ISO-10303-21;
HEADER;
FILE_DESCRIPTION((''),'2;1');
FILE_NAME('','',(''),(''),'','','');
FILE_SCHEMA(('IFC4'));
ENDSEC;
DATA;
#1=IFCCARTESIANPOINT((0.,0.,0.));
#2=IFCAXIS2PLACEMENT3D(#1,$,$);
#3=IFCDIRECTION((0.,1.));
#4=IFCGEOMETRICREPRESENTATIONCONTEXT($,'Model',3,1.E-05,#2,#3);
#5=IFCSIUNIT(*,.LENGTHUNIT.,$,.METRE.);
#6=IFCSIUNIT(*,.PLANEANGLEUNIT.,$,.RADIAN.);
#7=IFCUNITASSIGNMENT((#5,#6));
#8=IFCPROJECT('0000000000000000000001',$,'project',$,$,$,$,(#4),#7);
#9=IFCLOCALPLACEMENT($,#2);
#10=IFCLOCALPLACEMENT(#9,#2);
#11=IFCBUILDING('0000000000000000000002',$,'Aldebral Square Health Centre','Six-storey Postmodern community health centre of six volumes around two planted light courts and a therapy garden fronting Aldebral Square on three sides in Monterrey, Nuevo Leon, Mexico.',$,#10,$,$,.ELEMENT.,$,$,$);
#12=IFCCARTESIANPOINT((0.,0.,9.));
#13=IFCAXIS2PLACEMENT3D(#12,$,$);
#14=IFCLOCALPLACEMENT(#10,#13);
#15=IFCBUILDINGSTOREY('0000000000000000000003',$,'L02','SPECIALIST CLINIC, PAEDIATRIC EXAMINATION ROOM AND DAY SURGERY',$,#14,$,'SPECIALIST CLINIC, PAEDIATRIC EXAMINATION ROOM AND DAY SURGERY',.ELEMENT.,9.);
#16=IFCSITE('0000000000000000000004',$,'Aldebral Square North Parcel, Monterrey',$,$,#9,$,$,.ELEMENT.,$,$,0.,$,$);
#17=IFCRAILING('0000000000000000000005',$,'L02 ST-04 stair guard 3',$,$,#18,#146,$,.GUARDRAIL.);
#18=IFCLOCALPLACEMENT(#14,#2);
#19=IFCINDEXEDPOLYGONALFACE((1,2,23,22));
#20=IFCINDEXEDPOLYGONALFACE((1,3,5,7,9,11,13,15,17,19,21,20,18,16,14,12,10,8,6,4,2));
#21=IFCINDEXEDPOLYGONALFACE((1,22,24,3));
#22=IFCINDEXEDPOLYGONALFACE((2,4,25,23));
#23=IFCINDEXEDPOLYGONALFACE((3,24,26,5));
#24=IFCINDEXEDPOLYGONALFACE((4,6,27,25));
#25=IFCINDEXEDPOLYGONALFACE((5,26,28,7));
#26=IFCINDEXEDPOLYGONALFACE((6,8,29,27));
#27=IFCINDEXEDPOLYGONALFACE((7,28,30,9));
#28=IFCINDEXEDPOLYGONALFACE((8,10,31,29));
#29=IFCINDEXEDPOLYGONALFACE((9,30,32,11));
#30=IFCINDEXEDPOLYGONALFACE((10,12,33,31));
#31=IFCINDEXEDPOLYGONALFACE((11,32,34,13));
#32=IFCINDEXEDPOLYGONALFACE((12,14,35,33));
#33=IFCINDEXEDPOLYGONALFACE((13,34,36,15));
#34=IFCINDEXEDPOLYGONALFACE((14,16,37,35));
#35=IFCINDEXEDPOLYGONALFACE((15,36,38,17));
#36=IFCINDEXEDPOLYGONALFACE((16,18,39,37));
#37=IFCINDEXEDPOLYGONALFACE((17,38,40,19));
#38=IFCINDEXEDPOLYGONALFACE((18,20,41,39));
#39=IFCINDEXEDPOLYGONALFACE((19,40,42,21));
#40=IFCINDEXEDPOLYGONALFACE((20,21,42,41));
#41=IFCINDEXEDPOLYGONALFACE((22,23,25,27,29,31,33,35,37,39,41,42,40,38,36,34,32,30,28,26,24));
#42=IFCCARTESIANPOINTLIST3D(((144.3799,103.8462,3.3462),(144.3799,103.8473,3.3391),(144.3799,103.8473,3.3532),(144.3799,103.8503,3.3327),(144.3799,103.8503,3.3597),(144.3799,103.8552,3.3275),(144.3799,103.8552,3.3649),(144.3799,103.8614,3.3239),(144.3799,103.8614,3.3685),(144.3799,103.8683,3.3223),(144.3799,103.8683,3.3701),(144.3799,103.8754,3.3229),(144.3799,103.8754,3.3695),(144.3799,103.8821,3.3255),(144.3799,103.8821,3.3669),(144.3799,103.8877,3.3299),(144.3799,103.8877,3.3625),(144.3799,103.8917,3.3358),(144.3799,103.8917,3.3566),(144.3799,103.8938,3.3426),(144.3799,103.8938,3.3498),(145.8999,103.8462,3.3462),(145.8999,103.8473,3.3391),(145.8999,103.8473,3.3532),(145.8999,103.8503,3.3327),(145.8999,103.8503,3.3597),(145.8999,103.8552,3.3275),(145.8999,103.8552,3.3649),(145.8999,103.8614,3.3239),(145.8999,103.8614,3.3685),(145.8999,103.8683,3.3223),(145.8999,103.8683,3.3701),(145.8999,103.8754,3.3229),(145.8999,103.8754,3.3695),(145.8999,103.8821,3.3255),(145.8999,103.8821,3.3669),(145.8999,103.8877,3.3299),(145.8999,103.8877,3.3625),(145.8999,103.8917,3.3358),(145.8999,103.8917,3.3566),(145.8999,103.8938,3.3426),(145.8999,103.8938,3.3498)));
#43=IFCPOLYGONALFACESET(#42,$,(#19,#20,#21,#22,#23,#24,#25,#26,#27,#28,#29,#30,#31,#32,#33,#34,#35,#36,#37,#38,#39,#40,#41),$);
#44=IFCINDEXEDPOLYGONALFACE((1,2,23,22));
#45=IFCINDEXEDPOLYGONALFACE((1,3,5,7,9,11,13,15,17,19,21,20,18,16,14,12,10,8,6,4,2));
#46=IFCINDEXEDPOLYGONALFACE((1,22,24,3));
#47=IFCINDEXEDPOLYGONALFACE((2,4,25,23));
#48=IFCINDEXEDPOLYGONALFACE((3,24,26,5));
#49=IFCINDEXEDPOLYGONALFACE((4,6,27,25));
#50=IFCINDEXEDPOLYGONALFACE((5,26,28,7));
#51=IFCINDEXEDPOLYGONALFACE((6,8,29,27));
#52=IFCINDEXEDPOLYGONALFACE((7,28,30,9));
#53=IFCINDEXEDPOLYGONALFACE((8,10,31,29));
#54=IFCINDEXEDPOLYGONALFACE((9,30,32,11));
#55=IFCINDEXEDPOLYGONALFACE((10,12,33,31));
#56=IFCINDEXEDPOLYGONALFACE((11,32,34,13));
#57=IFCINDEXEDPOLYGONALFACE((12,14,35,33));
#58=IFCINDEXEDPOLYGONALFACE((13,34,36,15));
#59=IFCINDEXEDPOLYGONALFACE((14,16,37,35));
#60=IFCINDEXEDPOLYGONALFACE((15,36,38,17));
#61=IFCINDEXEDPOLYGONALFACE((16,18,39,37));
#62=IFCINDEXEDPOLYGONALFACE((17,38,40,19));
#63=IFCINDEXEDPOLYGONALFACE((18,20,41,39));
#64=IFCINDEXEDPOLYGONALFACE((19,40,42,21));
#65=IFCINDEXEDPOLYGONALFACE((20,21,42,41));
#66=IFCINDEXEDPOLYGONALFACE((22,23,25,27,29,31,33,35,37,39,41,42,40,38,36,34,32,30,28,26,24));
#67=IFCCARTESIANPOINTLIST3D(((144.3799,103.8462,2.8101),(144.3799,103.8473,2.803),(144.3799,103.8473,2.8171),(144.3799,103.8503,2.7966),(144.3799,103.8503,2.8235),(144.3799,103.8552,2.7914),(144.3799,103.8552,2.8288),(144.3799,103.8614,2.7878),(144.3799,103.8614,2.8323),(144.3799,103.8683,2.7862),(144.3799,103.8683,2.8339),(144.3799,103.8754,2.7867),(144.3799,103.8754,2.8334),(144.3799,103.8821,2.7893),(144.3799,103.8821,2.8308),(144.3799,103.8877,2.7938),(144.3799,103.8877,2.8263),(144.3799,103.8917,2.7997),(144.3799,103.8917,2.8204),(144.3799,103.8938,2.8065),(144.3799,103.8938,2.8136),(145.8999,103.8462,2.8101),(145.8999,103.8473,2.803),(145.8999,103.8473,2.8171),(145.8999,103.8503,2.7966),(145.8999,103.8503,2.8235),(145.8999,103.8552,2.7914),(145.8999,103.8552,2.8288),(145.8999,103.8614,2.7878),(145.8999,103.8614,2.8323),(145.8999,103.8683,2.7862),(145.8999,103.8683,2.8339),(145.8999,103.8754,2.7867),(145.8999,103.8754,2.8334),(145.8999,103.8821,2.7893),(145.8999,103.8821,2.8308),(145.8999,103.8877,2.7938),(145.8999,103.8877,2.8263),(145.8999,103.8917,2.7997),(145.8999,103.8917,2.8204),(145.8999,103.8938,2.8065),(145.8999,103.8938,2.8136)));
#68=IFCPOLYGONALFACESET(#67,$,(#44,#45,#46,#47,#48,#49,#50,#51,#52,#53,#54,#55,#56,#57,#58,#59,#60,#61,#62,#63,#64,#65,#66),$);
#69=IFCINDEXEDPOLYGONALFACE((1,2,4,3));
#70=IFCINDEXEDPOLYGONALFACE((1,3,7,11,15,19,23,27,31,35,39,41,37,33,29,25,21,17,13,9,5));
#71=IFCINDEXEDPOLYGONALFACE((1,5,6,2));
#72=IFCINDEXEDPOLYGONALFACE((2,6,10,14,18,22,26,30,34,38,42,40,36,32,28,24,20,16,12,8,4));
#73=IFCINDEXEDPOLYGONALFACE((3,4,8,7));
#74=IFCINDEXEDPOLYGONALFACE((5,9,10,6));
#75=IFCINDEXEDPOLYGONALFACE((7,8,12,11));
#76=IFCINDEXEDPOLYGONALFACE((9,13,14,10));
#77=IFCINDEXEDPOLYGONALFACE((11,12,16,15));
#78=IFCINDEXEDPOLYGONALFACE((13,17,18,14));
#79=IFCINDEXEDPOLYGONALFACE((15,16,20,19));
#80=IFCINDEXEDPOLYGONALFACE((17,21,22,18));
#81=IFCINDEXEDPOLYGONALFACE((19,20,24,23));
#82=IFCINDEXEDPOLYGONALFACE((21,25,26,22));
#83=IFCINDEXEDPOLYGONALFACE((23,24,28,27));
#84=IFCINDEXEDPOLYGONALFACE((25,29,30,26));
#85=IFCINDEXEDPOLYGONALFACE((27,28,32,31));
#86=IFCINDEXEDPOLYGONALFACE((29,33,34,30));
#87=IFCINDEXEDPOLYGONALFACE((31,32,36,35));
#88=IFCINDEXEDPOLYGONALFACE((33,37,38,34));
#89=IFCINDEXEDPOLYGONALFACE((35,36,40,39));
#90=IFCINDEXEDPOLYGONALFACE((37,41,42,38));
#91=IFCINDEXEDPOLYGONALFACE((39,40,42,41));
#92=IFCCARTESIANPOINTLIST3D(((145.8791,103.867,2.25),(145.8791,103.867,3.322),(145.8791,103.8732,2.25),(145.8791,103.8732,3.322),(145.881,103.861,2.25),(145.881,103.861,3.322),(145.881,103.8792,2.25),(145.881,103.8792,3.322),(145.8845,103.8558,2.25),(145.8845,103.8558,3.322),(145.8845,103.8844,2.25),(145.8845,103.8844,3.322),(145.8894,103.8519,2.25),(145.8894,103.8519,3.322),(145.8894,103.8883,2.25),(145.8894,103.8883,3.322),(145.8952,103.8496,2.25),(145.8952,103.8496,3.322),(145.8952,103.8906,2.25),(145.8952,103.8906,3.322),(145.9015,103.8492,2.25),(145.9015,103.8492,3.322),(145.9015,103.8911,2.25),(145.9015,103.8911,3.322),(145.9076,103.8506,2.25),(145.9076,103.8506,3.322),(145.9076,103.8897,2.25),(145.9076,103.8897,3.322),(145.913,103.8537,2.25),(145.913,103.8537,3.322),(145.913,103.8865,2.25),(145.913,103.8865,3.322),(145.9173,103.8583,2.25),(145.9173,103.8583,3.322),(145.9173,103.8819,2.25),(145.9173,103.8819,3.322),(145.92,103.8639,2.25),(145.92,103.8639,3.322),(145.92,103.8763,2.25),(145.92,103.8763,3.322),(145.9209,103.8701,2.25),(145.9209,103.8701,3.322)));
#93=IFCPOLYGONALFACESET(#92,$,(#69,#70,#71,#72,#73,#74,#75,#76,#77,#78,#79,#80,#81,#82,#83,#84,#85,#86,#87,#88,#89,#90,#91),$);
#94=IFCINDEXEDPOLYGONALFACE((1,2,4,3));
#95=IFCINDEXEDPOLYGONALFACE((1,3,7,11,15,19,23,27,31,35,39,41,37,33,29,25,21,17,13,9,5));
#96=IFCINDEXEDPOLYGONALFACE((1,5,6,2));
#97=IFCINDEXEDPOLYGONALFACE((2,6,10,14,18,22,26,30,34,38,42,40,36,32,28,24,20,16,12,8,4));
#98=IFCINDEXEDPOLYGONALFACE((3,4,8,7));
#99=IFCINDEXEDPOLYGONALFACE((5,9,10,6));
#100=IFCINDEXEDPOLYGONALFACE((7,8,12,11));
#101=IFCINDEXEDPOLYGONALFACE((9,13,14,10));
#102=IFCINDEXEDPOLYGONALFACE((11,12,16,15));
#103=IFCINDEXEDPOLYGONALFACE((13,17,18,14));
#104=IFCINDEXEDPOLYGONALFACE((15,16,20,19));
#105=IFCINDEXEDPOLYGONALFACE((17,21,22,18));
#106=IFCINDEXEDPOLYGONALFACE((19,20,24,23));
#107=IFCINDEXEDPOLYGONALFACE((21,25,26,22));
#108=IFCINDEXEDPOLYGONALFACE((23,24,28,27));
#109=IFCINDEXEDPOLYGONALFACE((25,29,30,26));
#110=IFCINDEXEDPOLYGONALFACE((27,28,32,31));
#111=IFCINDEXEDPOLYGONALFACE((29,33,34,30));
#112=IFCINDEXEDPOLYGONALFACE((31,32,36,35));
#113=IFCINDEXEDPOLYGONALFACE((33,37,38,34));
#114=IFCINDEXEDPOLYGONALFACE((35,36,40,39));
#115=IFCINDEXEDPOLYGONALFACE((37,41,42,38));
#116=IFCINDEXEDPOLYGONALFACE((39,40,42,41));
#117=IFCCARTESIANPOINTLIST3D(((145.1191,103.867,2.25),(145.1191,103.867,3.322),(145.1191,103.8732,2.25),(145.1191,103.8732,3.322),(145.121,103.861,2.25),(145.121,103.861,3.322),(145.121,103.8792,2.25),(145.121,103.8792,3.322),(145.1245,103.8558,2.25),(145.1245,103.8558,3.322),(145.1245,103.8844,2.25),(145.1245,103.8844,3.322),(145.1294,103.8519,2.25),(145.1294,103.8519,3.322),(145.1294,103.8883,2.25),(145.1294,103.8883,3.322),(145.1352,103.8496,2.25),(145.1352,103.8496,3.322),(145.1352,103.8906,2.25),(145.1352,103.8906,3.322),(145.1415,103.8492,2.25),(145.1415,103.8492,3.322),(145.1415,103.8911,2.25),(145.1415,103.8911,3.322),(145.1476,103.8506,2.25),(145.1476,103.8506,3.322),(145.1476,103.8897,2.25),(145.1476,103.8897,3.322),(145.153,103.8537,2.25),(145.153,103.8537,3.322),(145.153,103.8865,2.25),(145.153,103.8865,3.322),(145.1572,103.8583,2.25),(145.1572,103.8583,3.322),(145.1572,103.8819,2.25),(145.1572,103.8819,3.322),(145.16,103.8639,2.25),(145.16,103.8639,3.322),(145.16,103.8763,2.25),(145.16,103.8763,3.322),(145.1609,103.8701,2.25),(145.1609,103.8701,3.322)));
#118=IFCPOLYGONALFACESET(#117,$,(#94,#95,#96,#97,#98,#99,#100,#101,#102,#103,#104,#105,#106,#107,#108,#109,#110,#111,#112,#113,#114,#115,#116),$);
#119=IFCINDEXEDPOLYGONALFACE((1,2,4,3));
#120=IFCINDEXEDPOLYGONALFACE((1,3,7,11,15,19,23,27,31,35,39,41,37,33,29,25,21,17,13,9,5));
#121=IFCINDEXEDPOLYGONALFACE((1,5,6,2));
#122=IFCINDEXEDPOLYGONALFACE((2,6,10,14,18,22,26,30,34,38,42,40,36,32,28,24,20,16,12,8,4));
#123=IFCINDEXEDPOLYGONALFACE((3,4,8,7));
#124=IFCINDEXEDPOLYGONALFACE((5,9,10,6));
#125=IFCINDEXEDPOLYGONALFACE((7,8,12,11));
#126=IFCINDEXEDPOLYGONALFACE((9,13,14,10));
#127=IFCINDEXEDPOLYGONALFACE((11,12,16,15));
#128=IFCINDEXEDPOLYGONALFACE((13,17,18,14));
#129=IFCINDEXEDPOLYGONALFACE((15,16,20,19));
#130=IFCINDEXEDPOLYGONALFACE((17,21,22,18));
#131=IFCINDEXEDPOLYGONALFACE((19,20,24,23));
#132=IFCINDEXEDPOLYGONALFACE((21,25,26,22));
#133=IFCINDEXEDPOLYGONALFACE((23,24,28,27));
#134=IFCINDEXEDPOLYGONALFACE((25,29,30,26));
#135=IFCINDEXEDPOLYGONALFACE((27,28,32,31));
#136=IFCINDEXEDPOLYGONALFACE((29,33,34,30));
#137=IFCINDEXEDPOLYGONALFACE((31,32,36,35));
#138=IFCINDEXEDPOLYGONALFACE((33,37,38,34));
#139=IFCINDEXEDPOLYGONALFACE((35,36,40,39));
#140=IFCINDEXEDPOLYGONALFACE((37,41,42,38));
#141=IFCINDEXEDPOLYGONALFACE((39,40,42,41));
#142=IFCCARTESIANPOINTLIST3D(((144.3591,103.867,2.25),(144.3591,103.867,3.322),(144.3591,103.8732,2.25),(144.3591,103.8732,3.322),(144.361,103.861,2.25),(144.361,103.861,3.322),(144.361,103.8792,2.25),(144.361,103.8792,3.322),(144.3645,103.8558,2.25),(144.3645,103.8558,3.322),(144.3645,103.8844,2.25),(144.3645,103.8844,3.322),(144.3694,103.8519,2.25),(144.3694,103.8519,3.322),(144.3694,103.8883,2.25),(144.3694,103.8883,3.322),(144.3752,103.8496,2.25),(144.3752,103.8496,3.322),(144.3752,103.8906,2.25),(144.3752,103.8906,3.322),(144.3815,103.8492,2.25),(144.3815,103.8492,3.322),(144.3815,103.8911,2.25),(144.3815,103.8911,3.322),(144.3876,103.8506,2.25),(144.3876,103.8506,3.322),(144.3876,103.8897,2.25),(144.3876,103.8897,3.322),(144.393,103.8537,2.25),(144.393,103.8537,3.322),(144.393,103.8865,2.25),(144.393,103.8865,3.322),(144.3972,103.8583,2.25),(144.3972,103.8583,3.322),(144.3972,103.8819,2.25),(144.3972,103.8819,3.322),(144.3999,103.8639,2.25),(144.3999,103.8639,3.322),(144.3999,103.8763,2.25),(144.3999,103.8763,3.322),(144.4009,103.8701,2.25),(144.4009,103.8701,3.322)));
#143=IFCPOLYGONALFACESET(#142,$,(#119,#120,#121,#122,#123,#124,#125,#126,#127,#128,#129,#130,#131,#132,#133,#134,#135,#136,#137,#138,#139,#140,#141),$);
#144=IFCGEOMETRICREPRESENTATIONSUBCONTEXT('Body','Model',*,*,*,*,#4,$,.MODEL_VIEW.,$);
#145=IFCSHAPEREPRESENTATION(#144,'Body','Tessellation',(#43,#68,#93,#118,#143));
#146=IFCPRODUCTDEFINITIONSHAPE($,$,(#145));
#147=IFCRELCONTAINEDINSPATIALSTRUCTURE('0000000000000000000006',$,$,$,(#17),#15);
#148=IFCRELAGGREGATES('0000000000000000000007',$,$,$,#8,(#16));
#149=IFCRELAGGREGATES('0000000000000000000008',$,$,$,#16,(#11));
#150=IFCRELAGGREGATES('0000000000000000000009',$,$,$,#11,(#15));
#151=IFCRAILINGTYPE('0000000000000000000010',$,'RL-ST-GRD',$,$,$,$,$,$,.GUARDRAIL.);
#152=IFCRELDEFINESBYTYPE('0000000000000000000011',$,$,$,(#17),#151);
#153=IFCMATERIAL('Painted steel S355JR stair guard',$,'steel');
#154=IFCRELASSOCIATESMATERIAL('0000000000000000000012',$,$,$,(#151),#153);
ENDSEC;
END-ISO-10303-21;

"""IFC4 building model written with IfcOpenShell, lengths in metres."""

from ifc_helpers import new_model, si_unit, direction, frame, origin, origin_2d, place, context, subcontext, project, spatial, circle, extrude, material, type_object, element, save


model = new_model("IFC4")

# Units and contexts
model_context = context("Model", 3, precision=1e-05, world=origin(), true_north=direction((0.0, 1.0)))
body_context = subcontext(model_context, "Body", "Model", "MODEL_VIEW")
ifc_project = project(units=[si_unit("LENGTHUNIT", "METRE"), si_unit("PLANEANGLEUNIT", "RADIAN")], contexts=[model_context])

# Site, building, storey
site_placement = place(None, origin())
site = spatial("IfcSite", under=ifc_project, at=site_placement, Name="Aldebral Square North Parcel, Monterrey", CompositionType="ELEMENT", RefElevation=0.0)
building_placement = place(site_placement, origin())
building = spatial("IfcBuilding", under=site, at=building_placement, Name="Aldebral Square Health Centre", Description="Six-storey Postmodern community health centre of six volumes around two planted light courts and a therapy garden fronting Aldebral Square on three sides in Monterrey, Nuevo Leon, Mexico.", CompositionType="ELEMENT")
storey_placement = place(building_placement, frame((0.0, 0.0, 9.0)))
storey = spatial("IfcBuildingStorey", under=building, at=storey_placement, Name="L02", Description="SPECIALIST CLINIC, PAEDIATRIC EXAMINATION ROOM AND DAY SURGERY", LongName="SPECIALIST CLINIC, PAEDIATRIC EXAMINATION ROOM AND DAY SURGERY", CompositionType="ELEMENT", Elevation=9.0)

# Railing
ifc_material_1 = material(Name="Painted steel S355JR stair guard", Category="steel")
railing_type = type_object("IfcRailingType", Name="RL-ST-GRD", PredefinedType="GUARDRAIL", material=ifc_material_1)
railing_1_placement = place(storey_placement, frame((145.8999, 103.8701, 2.25)))
element("IfcRailing", 1, at=railing_1_placement, inside=storey, type_object=railing_type, Name="L02 ST-04 stair guard 3", PredefinedType="GUARDRAIL", context=body_context, shape_type="SweptSolid", body=[
    extrude(circle(Radius=0.0239, at=origin_2d()), frame((0.0, 0.0, 1.0962), z_axis=(-1.0, 0.0, 0.0), x_axis=(0.0, -1.0, 0.0)), (0.0, 0.0, 1.0), 1.52),
    extrude(circle(Radius=0.0239, at=origin_2d()), frame((0.0, 0.0, 0.5601), z_axis=(-1.0, 0.0, 0.0), x_axis=(0.0, -1.0, 0.0)), (0.0, 0.0, 1.0), 1.52),
    extrude(circle(Radius=0.021, at=origin_2d()), origin(), (0.0, 0.0, 1.0), 1.072),
    extrude(circle(Radius=0.021, at=origin_2d()), frame((-0.76, 0.0, 0.0)), (0.0, 0.0, 1.0), 1.072),
    extrude(circle(Radius=0.021, at=origin_2d()), frame((-1.52, 0.0, 0.0)), (0.0, 0.0, 1.0), 1.072),
])

save(model, "model.ifc")
